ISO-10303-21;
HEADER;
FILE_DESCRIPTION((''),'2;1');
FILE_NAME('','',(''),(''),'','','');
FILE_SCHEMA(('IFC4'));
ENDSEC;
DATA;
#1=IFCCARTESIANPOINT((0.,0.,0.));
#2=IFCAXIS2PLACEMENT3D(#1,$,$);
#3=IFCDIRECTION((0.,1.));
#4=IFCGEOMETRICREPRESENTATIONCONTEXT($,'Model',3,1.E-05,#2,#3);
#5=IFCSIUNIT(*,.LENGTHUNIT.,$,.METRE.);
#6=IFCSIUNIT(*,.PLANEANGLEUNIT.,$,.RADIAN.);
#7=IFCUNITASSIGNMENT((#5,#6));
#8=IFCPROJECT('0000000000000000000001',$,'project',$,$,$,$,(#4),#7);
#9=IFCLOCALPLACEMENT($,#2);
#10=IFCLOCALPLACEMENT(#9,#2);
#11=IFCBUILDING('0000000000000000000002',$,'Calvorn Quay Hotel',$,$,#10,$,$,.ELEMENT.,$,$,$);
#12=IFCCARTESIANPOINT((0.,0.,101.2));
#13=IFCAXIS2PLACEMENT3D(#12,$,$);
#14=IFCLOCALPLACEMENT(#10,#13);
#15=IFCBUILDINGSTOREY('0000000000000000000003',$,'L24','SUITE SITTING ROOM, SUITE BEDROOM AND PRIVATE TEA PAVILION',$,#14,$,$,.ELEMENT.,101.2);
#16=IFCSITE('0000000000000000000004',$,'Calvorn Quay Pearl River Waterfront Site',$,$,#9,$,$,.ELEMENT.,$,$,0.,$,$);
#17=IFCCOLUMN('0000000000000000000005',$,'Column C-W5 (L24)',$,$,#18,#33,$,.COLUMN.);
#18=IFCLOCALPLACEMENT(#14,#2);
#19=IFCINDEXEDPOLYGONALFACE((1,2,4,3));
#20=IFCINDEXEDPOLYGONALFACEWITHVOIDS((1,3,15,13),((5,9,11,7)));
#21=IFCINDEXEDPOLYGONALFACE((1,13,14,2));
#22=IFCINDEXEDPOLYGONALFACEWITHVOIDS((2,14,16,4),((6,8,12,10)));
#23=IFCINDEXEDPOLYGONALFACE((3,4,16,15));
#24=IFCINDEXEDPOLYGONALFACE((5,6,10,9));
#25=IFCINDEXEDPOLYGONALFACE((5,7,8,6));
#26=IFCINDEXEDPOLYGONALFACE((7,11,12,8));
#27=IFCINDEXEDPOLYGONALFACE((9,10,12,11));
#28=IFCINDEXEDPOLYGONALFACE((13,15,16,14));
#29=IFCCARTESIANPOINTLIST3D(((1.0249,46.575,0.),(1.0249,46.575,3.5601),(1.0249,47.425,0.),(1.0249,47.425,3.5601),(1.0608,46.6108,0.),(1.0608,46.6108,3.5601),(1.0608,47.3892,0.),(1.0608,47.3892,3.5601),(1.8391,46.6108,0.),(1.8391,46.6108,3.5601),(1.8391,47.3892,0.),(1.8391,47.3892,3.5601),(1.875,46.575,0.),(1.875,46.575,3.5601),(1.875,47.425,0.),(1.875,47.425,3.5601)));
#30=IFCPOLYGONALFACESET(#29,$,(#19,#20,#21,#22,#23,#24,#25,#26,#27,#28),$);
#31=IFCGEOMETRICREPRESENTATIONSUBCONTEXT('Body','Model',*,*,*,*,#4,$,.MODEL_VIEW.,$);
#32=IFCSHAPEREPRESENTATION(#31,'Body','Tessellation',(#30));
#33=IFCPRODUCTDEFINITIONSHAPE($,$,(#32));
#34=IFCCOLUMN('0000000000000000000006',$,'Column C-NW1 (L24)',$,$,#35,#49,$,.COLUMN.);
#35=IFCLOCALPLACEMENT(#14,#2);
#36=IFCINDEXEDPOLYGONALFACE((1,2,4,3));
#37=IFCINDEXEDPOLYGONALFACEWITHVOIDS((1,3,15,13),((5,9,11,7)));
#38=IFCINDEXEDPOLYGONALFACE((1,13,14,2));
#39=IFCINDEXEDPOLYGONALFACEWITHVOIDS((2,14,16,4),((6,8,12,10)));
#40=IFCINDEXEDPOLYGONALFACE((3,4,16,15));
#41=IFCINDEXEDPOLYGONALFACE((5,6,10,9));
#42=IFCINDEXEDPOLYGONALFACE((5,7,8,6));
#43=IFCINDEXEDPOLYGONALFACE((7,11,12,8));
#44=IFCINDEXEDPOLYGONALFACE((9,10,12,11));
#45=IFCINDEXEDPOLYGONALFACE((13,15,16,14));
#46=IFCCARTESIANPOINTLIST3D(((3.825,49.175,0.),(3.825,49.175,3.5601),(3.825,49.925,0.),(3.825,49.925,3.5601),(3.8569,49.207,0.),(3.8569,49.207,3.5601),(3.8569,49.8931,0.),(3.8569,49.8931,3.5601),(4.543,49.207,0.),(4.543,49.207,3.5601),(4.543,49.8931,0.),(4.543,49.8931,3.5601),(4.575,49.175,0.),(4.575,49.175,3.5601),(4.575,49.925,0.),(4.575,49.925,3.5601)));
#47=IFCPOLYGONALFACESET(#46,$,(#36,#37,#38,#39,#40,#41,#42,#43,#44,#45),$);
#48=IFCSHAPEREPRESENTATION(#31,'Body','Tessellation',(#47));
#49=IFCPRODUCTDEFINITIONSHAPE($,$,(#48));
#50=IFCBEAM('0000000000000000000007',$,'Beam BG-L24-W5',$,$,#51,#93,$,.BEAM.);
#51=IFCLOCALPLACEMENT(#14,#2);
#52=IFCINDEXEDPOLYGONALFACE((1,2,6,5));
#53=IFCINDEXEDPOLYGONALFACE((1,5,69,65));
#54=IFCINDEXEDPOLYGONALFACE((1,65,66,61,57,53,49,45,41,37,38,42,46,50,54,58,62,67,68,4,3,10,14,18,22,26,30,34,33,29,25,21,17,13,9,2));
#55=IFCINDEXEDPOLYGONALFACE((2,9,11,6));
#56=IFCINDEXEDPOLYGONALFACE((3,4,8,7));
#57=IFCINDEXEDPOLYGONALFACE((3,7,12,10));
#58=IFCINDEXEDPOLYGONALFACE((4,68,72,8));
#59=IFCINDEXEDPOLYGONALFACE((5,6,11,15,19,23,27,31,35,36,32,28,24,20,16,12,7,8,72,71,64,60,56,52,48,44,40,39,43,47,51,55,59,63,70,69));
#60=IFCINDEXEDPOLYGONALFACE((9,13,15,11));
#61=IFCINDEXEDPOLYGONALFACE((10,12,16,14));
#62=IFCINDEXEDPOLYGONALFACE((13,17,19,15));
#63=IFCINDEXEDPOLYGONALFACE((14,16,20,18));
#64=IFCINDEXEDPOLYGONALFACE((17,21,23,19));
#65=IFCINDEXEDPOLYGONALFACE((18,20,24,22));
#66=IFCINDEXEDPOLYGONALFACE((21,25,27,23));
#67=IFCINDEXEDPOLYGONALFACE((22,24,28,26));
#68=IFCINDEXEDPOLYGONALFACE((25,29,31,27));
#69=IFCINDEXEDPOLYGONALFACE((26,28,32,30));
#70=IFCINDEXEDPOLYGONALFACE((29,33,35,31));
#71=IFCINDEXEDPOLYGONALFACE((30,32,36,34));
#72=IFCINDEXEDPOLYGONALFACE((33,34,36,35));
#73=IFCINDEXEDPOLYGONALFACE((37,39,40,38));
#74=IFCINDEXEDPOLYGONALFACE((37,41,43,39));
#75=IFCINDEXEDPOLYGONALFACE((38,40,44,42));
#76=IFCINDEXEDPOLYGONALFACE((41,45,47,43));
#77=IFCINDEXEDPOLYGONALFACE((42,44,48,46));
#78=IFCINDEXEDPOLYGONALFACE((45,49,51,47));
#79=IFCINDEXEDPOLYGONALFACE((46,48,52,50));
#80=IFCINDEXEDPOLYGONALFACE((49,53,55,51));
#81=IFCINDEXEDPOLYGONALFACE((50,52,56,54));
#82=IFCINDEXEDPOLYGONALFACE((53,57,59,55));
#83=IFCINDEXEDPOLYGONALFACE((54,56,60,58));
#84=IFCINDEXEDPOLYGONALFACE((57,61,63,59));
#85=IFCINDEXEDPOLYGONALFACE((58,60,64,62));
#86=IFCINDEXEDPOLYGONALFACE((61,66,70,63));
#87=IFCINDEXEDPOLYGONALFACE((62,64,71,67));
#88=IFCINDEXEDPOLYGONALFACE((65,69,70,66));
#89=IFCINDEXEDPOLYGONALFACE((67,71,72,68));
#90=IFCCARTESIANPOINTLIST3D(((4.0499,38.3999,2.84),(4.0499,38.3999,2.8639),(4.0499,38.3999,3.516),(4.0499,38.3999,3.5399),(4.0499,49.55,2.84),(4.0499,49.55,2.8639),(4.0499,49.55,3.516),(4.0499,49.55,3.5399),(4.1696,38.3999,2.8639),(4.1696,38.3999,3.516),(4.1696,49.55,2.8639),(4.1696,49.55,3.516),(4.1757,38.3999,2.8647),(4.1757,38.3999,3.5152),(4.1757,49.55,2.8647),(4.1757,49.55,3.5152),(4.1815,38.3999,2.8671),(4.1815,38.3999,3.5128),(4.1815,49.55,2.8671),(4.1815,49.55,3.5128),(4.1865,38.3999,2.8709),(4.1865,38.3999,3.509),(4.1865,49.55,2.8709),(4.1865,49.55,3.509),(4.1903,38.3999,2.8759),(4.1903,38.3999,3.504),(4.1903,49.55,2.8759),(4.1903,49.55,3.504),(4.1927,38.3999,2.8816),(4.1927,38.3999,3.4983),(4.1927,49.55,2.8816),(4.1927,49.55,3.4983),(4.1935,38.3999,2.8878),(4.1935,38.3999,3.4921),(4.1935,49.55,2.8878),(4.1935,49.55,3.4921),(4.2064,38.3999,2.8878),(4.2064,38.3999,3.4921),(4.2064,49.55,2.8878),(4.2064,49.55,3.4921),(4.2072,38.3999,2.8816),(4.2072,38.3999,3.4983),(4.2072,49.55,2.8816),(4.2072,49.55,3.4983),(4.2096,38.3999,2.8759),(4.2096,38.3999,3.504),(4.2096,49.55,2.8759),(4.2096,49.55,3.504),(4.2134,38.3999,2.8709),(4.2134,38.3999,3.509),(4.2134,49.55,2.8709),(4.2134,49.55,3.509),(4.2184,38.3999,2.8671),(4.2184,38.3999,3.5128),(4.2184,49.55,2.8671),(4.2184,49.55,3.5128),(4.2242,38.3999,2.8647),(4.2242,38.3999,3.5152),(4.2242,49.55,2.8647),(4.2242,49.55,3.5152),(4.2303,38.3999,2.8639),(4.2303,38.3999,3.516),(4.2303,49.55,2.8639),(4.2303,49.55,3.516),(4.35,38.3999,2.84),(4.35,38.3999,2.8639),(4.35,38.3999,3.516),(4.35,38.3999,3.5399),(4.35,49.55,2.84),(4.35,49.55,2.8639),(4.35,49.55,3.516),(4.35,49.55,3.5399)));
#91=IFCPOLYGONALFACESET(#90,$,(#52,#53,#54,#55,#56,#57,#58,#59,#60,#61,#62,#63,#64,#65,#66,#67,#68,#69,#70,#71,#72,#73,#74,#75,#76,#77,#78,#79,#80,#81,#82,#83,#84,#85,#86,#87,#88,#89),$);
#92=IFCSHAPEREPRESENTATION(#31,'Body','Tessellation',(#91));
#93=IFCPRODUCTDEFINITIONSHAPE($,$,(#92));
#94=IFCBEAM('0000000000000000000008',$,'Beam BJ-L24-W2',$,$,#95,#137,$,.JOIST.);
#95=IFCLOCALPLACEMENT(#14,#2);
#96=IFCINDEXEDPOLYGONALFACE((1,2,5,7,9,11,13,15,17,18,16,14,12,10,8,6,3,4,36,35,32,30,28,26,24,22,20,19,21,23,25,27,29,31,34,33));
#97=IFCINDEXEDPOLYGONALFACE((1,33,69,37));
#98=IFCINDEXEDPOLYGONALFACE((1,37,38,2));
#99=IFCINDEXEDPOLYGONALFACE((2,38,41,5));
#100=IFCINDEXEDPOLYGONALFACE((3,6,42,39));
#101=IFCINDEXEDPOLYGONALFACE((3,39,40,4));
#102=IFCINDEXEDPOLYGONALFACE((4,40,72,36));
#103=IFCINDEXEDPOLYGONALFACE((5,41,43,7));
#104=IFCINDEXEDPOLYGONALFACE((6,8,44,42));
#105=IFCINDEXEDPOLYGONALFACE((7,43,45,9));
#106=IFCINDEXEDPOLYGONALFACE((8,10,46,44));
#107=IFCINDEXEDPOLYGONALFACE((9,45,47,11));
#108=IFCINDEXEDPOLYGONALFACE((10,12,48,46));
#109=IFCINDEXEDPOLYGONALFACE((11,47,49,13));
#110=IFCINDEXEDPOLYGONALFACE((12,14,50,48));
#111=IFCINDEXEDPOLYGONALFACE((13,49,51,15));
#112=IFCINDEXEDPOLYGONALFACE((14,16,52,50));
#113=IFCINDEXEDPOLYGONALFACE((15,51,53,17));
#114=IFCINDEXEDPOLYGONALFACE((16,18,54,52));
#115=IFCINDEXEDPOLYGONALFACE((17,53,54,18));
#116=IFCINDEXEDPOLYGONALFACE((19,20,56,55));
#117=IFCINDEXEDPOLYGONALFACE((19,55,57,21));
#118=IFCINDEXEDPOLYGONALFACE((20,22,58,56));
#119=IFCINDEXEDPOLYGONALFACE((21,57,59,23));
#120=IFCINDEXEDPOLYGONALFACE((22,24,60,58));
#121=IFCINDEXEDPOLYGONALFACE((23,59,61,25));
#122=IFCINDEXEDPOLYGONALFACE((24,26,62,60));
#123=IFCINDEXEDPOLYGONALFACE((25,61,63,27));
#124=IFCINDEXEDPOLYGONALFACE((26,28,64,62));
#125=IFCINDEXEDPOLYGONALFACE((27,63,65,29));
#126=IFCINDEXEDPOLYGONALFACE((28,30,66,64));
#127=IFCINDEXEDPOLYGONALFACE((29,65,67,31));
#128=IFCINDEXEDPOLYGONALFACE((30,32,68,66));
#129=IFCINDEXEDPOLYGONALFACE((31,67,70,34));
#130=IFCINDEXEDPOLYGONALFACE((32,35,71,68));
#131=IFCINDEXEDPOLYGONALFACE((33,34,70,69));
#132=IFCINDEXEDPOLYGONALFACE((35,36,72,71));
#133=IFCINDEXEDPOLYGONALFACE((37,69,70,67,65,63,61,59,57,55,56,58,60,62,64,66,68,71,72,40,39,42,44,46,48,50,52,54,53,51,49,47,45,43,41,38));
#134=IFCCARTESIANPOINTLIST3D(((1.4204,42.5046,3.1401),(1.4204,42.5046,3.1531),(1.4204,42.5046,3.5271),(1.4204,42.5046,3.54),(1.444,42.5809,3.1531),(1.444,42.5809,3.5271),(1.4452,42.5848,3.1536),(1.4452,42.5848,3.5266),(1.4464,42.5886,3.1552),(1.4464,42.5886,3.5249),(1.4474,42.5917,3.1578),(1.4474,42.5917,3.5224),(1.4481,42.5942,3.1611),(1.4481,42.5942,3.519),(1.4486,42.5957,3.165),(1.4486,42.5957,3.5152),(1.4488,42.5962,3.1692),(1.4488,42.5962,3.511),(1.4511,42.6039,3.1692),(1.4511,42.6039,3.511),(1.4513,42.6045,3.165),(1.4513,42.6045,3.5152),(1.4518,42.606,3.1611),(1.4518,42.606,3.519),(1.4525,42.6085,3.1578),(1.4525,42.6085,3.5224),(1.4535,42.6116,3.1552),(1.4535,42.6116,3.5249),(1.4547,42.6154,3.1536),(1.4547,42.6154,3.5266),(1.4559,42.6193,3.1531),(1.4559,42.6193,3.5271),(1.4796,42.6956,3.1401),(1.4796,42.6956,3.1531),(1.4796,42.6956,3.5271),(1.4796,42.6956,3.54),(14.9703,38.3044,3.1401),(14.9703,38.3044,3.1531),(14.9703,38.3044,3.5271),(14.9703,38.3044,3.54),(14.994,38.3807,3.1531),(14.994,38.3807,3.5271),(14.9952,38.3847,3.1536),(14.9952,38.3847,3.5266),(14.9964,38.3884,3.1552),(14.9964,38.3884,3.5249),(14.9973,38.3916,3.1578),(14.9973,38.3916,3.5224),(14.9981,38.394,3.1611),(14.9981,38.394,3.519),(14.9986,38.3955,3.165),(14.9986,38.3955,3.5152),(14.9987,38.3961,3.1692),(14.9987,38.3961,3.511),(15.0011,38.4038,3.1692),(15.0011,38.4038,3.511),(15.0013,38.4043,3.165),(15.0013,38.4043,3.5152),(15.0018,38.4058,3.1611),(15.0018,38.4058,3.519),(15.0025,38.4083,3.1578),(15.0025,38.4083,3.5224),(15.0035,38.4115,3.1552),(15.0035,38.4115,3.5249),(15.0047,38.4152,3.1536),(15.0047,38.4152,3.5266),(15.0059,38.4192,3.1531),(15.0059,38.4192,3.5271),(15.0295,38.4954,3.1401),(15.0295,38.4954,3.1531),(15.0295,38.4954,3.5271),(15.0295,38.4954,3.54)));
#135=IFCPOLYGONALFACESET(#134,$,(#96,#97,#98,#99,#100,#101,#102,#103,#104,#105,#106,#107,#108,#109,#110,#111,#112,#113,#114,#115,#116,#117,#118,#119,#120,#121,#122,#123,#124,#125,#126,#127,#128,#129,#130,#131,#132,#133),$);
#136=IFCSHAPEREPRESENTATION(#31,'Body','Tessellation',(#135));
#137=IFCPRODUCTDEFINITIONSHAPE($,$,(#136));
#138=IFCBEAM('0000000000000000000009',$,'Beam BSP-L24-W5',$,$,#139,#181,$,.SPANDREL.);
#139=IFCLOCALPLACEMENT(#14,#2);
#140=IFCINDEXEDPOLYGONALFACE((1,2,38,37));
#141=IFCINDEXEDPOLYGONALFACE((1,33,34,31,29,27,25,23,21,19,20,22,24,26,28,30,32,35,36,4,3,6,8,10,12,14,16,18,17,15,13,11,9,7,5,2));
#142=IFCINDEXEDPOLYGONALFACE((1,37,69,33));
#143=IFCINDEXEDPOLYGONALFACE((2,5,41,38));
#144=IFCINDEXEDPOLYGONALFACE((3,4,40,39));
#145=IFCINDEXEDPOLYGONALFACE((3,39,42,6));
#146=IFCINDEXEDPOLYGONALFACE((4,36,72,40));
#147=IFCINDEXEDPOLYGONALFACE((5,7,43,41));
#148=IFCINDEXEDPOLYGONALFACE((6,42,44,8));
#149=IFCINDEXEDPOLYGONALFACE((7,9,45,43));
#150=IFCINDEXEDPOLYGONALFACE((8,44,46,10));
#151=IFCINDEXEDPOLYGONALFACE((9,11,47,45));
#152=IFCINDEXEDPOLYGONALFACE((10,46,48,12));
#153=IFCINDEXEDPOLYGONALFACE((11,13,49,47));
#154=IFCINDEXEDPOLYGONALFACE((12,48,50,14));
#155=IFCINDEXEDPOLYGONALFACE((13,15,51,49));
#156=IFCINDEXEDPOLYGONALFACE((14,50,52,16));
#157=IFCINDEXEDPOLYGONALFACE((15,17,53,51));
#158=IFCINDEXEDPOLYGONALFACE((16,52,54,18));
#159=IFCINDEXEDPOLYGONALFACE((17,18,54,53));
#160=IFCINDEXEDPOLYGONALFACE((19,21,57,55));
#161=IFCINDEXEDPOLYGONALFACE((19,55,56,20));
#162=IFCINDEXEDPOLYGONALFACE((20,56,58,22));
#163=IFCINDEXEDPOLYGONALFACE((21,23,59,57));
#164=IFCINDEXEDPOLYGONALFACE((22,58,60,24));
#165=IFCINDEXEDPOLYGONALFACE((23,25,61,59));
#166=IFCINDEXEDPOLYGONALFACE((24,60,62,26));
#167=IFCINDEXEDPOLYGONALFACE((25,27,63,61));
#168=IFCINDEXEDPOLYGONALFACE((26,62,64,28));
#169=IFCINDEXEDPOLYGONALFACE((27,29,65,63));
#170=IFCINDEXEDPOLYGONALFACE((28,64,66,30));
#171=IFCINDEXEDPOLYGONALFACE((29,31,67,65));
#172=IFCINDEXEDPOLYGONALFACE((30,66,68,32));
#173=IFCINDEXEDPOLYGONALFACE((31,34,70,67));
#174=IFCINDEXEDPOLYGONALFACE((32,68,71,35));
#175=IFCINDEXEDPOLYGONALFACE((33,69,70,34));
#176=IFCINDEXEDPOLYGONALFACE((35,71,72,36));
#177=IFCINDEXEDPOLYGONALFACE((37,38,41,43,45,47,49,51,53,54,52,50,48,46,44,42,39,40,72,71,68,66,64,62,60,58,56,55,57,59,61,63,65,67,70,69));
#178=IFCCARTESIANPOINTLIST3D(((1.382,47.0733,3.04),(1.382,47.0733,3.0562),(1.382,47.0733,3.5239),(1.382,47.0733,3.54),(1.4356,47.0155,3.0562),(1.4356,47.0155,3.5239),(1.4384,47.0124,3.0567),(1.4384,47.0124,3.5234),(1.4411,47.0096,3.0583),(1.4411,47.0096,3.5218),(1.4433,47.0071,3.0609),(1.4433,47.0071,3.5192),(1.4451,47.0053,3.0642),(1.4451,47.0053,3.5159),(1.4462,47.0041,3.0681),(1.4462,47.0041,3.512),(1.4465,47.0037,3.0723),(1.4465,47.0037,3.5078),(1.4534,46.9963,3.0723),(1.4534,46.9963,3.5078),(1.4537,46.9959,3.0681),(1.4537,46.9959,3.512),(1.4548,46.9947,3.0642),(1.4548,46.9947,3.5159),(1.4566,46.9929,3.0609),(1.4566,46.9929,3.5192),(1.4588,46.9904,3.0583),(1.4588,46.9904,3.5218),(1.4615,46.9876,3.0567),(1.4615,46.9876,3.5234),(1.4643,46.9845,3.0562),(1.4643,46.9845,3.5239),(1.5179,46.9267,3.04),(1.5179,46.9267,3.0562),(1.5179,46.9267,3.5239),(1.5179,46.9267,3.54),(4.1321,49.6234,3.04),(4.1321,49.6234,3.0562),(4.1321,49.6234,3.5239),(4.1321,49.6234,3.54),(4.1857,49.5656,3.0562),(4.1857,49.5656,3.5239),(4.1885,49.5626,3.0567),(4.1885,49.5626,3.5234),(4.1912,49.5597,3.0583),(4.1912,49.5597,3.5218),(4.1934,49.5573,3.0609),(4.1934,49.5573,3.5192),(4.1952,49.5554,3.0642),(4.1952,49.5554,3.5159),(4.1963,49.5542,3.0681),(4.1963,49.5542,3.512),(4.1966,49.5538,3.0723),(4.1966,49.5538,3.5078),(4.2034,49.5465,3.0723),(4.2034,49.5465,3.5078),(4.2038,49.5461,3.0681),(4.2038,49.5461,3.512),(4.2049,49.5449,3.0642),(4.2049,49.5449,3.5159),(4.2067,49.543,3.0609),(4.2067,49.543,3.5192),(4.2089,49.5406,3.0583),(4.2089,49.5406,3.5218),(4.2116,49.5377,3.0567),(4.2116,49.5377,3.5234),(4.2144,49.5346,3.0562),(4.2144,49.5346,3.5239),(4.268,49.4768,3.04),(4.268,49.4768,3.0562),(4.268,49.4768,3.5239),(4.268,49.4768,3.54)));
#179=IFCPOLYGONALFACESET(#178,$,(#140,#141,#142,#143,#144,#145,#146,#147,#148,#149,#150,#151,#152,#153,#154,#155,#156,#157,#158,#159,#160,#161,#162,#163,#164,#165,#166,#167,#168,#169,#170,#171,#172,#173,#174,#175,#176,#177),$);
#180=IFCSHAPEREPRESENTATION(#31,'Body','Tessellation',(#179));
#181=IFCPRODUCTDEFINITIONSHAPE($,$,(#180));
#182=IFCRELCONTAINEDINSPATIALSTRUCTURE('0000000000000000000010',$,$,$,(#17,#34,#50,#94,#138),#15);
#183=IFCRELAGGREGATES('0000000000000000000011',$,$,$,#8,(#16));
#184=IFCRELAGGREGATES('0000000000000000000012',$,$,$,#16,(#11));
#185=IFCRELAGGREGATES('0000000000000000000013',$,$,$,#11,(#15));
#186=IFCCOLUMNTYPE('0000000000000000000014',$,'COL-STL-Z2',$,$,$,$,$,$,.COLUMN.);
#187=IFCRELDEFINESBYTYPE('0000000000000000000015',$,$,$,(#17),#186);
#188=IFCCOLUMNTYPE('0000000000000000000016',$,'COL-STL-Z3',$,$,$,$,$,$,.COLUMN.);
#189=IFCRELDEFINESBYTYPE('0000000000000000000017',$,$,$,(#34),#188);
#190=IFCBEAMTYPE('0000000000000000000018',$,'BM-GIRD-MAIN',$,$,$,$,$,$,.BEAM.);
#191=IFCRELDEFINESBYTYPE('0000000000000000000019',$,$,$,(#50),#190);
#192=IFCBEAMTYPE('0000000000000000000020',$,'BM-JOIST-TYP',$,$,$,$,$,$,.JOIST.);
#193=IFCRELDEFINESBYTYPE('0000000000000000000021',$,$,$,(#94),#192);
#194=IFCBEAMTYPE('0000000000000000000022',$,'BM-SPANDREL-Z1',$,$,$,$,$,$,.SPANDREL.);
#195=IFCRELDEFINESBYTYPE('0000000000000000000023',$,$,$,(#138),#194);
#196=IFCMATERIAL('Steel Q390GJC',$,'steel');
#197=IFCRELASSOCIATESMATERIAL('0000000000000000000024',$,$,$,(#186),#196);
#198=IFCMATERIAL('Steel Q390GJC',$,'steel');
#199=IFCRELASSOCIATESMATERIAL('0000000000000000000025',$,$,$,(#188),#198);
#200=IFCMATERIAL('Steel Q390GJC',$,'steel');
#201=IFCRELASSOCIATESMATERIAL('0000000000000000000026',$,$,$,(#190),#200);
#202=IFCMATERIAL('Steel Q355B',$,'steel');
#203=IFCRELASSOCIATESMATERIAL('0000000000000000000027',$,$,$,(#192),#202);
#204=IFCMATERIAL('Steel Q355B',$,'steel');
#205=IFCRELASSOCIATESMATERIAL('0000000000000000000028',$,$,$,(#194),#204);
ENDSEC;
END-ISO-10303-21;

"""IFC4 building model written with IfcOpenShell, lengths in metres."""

from ifc_helpers import new_model, si_unit, direction, frame, origin, origin_2d, place, context, subcontext, project, spatial, hollow_rectangle, i_section, extrude, material, material_profile, profile_set, type_object, element, save


model = new_model("IFC4")

# Units and contexts
model_context = context("Model", 3, precision=1e-05, world=origin(), true_north=direction((0.0, 1.0)))
body_context = subcontext(model_context, "Body", "Model", "MODEL_VIEW")
ifc_project = project(units=[si_unit("LENGTHUNIT", "METRE"), si_unit("PLANEANGLEUNIT", "RADIAN")], contexts=[model_context])

# Site, building, storey
site_placement = place(None, origin())
site = spatial("IfcSite", under=ifc_project, at=site_placement, Name="Calvorn Quay Pearl River Waterfront Site", CompositionType="ELEMENT", RefElevation=0.0)
building_placement = place(site_placement, origin())
building = spatial("IfcBuilding", under=site, at=building_placement, Name="Calvorn Quay Hotel", CompositionType="ELEMENT")
storey_placement = place(building_placement, frame((0.0, 0.0, 101.2)))
storey = spatial("IfcBuildingStorey", under=building, at=storey_placement, Name="L24", Description="SUITE SITTING ROOM, SUITE BEDROOM AND PRIVATE TEA PAVILION", CompositionType="ELEMENT", Elevation=101.2)

# Columns
ifc_material_1 = material(Name="Steel Q390GJC", Category="steel")
ifc_material_profile_1 = material_profile(ifc_material_1, hollow_rectangle(XDim=0.8501, YDim=0.8501, WallThickness=0.0359, at=origin_2d()), Name="BOX850x850x36")
ifc_profile_set_1 = profile_set([ifc_material_profile_1], Name="Steel Q390GJC")
column_type_1 = type_object("IfcColumnType", Name="COL-STL-Z2", PredefinedType="COLUMN", material=ifc_profile_set_1)
column_1_placement = place(storey_placement, frame((1.45, 47.0, 0.0), z_axis=(0.0, 0.0, 1.0), x_axis=(1.0, 0.0, 0.0)))
element("IfcColumn", 1, at=column_1_placement, inside=storey, type_object=column_type_1, Name="Column C-W5 (L24)", PredefinedType="COLUMN", context=body_context, shape_type="SweptSolid", body=[
    extrude(hollow_rectangle(XDim=0.8501, YDim=0.8501, WallThickness=0.0359, at=origin_2d()), origin(), (0.0, 0.0, 1.0), 3.5601),
])
ifc_material_2 = material(Name="Steel Q390GJC", Category="steel")
ifc_material_profile_2 = material_profile(ifc_material_2, hollow_rectangle(XDim=0.75, YDim=0.75, WallThickness=0.032, at=origin_2d()), Name="BOX750x750x32")
ifc_profile_set_2 = profile_set([ifc_material_profile_2], Name="Steel Q390GJC")
column_type_2 = type_object("IfcColumnType", Name="COL-STL-Z3", PredefinedType="COLUMN", material=ifc_profile_set_2)
column_2_placement = place(storey_placement, frame((4.2, 49.55, 0.0), z_axis=(0.0, 0.0, 1.0), x_axis=(1.0, 0.0, 0.0)))
element("IfcColumn", 2, at=column_2_placement, inside=storey, type_object=column_type_2, Name="Column C-NW1 (L24)", PredefinedType="COLUMN", context=body_context, shape_type="SweptSolid", body=[
    extrude(hollow_rectangle(XDim=0.75, YDim=0.75, WallThickness=0.032, at=origin_2d()), origin(), (0.0, 0.0, 1.0), 3.5601),
])

# Beams
ifc_material_3 = material(Name="Steel Q390GJC", Category="steel")
ifc_material_profile_3 = material_profile(ifc_material_3, i_section(OverallWidth=0.3, OverallDepth=0.7, WebThickness=0.0129, FlangeThickness=0.0239, FilletRadius=0.0239, at=origin_2d()), Name="HN700x300x13x24")
ifc_profile_set_3 = profile_set([ifc_material_profile_3], Name="Steel Q390GJC")
beam_type_1 = type_object("IfcBeamType", Name="BM-GIRD-MAIN", PredefinedType="BEAM", material=ifc_profile_set_3)
beam_1_placement = place(storey_placement, frame((4.2, 49.55, 3.1899), z_axis=(0.0, -1.0, 0.0), x_axis=(1.0, 0.0, 0.0)))
element("IfcBeam", 3, at=beam_1_placement, inside=storey, type_object=beam_type_1, Name="Beam BG-L24-W5", PredefinedType="BEAM", context=body_context, shape_type="SweptSolid", body=[
    extrude(i_section(OverallWidth=0.3, OverallDepth=0.7, WebThickness=0.0129, FlangeThickness=0.0239, FilletRadius=0.0239, at=origin_2d()), origin(), (0.0, 0.0, 1.0), 11.1501),
])
ifc_material_4 = material(Name="Steel Q355B", Category="steel")
ifc_material_profile_4 = material_profile(ifc_material_4, i_section(OverallWidth=0.2, OverallDepth=0.3999, WebThickness=0.0081, FlangeThickness=0.0129, FilletRadius=0.0161, at=origin_2d()), Name="HN400x200x8x13")
ifc_profile_set_4 = profile_set([ifc_material_profile_4], Name="Steel Q355B")
beam_type_2 = type_object("IfcBeamType", Name="BM-JOIST-TYP", PredefinedType="JOIST", material=ifc_profile_set_4)
beam_2_placement = place(storey_placement, frame((1.45, 42.6001, 3.3401), z_axis=(0.955164, -0.296078, 0.0), x_axis=(0.296078, 0.955164, 0.0)))
element("IfcBeam", 4, at=beam_2_placement, inside=storey, type_object=beam_type_2, Name="Beam BJ-L24-W2", PredefinedType="JOIST", context=body_context, shape_type="SweptSolid", body=[
    extrude(i_section(OverallWidth=0.2, OverallDepth=0.3999, WebThickness=0.0081, FlangeThickness=0.0129, FilletRadius=0.0161, at=origin_2d()), origin(), (0.0, 0.0, 1.0), 14.186),
])
ifc_material_5 = material(Name="Steel Q355B", Category="steel")
ifc_material_profile_5 = material_profile(ifc_material_5, i_section(OverallWidth=0.2, OverallDepth=0.5, WebThickness=0.01, FlangeThickness=0.0161, FilletRadius=0.0161, at=origin_2d()), Name="HN500x200x10x16")
ifc_profile_set_5 = profile_set([ifc_material_profile_5], Name="Steel Q355B")
beam_type_3 = type_object("IfcBeamType", Name="BM-SPANDREL-Z1", PredefinedType="SPANDREL", material=ifc_profile_set_5)
beam_3_placement = place(storey_placement, frame((1.45, 47.0, 3.29), z_axis=(0.733262, 0.679947, 0.0), x_axis=(-0.679947, 0.733262, 0.0)))
element("IfcBeam", 5, at=beam_3_placement, inside=storey, type_object=beam_type_3, Name="Beam BSP-L24-W5", PredefinedType="SPANDREL", context=body_context, shape_type="SweptSolid", body=[
    extrude(i_section(OverallWidth=0.2, OverallDepth=0.5, WebThickness=0.01, FlangeThickness=0.0161, FilletRadius=0.0161, at=origin_2d()), origin(), (0.0, 0.0, 1.0), 3.7505),
])

save(model, "model.ifc")
